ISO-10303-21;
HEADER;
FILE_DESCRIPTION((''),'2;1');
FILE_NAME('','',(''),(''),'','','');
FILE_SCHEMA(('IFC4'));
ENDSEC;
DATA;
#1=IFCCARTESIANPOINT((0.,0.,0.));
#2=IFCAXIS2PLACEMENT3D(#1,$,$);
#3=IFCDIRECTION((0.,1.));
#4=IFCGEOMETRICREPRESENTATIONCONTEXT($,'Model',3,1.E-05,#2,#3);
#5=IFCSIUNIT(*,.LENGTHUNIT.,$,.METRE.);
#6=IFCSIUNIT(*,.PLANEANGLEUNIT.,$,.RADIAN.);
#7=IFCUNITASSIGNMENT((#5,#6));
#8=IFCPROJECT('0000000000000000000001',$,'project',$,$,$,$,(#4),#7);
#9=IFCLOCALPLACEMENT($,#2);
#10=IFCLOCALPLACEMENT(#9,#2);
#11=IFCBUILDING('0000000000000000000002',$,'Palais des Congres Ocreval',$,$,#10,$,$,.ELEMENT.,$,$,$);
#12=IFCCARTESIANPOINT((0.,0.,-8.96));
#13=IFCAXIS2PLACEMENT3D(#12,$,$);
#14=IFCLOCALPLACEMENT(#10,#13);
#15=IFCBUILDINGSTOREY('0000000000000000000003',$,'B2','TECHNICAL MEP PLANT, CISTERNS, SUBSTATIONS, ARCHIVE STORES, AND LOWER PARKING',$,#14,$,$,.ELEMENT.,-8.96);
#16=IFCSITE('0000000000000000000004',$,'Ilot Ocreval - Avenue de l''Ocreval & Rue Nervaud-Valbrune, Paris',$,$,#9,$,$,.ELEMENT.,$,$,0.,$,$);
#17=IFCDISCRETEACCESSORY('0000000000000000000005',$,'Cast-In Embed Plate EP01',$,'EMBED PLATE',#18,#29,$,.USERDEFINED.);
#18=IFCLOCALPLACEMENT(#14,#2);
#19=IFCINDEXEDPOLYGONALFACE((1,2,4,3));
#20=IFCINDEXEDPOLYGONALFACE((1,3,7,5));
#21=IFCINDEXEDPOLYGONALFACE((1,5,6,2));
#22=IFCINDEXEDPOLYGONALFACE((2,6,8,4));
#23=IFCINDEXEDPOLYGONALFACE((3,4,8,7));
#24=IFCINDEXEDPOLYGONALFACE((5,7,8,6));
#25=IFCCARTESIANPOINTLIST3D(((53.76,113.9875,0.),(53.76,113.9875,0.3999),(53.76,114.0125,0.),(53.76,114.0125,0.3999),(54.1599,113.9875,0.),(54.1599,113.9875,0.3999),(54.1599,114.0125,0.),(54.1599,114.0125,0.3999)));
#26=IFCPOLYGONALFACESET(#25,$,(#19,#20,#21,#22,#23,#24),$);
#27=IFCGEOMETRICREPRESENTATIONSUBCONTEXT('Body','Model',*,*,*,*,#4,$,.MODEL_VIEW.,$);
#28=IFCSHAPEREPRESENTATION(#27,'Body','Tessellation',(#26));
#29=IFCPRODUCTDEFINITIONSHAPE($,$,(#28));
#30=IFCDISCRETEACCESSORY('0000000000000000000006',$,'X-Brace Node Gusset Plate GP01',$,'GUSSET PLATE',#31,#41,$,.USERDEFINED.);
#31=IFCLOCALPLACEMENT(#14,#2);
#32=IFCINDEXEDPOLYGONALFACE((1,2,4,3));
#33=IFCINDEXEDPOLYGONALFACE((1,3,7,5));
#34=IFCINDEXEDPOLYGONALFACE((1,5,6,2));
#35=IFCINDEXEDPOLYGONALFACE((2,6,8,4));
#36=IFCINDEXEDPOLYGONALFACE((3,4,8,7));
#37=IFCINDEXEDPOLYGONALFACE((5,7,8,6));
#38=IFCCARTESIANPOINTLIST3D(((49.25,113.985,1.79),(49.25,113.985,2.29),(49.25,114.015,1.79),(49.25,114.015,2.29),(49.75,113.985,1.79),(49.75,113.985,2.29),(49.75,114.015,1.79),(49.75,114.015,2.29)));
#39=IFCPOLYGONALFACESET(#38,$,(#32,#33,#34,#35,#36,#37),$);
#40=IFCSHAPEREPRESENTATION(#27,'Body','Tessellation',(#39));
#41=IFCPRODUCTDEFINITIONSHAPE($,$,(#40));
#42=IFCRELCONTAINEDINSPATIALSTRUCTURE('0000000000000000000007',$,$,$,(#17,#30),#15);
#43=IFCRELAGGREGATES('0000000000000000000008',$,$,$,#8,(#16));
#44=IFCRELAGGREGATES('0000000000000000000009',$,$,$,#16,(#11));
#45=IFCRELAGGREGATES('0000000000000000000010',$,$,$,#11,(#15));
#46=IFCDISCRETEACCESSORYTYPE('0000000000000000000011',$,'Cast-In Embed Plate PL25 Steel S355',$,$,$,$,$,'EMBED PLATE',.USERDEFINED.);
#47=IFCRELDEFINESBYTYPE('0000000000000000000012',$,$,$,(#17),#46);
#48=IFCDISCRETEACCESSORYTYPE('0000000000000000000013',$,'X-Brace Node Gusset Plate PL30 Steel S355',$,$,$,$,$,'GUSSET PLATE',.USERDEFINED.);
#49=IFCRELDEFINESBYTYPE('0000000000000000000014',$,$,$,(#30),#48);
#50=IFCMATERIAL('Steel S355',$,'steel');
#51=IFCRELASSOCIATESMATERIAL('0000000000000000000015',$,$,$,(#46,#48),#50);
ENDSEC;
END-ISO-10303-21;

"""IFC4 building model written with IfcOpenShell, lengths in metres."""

from ifc_helpers import new_model, si_unit, direction, frame, origin, origin_2d, place, context, subcontext, project, spatial, rectangle, extrude, material, type_object, element, save


model = new_model("IFC4")

# Units and contexts
model_context = context("Model", 3, precision=1e-05, world=origin(), true_north=direction((0.0, 1.0)))
body_context = subcontext(model_context, "Body", "Model", "MODEL_VIEW")
ifc_project = project(units=[si_unit("LENGTHUNIT", "METRE"), si_unit("PLANEANGLEUNIT", "RADIAN")], contexts=[model_context])

# Site, building, storey
site_placement = place(None, origin())
site = spatial("IfcSite", under=ifc_project, at=site_placement, Name="Ilot Ocreval - Avenue de l'Ocreval & Rue Nervaud-Valbrune, Paris", CompositionType="ELEMENT", RefElevation=0.0)
building_placement = place(site_placement, origin())
building = spatial("IfcBuilding", under=site, at=building_placement, Name="Palais des Congres Ocreval", CompositionType="ELEMENT")
storey_placement = place(building_placement, frame((0.0, 0.0, -8.96)))
storey = spatial("IfcBuildingStorey", under=building, at=storey_placement, Name="B2", Description="TECHNICAL MEP PLANT, CISTERNS, SUBSTATIONS, ARCHIVE STORES, AND LOWER PARKING", CompositionType="ELEMENT", Elevation=-8.96)

# Shared definitions
ifc_material_1 = material(Name="Steel S355", Category="steel")

# Discrete accessories
discrete_accessory_type_1 = type_object("IfcDiscreteAccessoryType", Name="Cast-In Embed Plate PL25 Steel S355", ElementType="EMBED PLATE", PredefinedType="USERDEFINED", material=ifc_material_1)
for number, where, z_axis, x_axis, name in (
    (1, (53.96, 114.0, 0.0), (0.0, 0.0, 1.0), (1.0, 0.0, 0.0), "Cast-In Embed Plate EP01"),
):
    element("IfcDiscreteAccessory", number, at=place(storey_placement, frame(where, z_axis=z_axis, x_axis=x_axis)), inside=storey, type_object=discrete_accessory_type_1, Name=name, ObjectType="EMBED PLATE", PredefinedType="USERDEFINED", context=body_context, shape_type="SweptSolid", body=[
        extrude(rectangle(XDim=0.3999, YDim=0.0249, at=origin_2d()), origin(), (0.0, 0.0, 1.0), 0.3999),
    ])
discrete_accessory_type_2 = type_object("IfcDiscreteAccessoryType", Name="X-Brace Node Gusset Plate PL30 Steel S355", ElementType="GUSSET PLATE", PredefinedType="USERDEFINED", material=ifc_material_1)
discrete_accessory_placement = place(storey_placement, frame((49.5, 114.0, 1.79), z_axis=(0.0, 0.0, 1.0), x_axis=(1.0, 0.0, 0.0)))
element("IfcDiscreteAccessory", 2, at=discrete_accessory_placement, inside=storey, type_object=discrete_accessory_type_2, Name="X-Brace Node Gusset Plate GP01", ObjectType="GUSSET PLATE", PredefinedType="USERDEFINED", context=body_context, shape_type="SweptSolid", body=[
    extrude(rectangle(XDim=0.5, YDim=0.03, at=origin_2d()), origin(), (0.0, 0.0, 1.0), 0.5),
])

save(model, "model.ifc")
